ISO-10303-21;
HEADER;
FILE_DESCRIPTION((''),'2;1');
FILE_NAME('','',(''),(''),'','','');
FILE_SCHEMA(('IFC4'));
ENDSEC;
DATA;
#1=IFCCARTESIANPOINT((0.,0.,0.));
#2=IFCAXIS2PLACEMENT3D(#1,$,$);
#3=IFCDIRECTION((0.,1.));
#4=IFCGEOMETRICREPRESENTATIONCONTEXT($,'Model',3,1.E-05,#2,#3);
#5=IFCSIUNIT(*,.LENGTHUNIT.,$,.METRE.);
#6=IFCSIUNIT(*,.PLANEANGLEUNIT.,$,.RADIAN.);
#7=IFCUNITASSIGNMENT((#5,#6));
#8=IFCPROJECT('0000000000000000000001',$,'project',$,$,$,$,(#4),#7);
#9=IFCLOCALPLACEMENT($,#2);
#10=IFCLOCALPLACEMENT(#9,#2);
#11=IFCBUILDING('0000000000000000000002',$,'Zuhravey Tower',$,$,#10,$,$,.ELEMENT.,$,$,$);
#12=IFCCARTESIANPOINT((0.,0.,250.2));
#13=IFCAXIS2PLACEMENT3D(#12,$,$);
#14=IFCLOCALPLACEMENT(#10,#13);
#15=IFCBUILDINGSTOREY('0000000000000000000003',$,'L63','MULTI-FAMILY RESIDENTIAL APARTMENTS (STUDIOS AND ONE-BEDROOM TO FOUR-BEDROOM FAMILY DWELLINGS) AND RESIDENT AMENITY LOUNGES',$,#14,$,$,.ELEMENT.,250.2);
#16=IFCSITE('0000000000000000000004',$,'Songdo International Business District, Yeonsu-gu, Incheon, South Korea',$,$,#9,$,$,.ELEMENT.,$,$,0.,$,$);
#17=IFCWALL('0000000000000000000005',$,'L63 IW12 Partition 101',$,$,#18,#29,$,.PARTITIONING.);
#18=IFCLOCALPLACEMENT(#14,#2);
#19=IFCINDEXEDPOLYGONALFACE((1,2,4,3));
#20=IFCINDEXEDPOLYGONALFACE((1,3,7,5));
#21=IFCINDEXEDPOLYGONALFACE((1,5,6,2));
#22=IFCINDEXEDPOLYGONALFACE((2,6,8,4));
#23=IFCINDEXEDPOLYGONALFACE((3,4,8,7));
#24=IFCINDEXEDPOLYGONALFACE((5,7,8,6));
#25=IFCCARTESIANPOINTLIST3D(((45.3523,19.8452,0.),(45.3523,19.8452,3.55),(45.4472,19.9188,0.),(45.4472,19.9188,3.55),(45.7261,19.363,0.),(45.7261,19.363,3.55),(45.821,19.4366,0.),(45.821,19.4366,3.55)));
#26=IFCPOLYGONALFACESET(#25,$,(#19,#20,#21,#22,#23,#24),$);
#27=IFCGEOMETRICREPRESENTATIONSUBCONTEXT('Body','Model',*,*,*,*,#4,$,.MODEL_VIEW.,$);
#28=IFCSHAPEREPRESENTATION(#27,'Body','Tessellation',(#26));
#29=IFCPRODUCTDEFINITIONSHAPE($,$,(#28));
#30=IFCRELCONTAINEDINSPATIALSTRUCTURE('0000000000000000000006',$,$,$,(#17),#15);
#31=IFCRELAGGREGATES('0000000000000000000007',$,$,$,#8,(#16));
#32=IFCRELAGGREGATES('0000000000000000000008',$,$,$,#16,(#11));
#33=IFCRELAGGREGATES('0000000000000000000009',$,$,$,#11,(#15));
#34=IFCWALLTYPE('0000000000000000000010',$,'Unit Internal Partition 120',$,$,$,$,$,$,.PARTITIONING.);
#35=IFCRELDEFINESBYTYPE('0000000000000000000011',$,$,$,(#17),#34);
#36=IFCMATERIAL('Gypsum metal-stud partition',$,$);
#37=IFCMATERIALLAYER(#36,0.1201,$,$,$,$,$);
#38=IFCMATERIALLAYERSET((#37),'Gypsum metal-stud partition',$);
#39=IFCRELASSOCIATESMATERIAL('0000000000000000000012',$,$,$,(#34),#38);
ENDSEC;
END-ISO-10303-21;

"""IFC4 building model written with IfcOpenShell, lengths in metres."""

from ifc_helpers import new_model, si_unit, direction, frame, frame_2d, origin, place, context, subcontext, project, spatial, rectangle, extrude, material, layer, layer_set, type_object, element, save


model = new_model("IFC4")

# Units and contexts
model_context = context("Model", 3, precision=1e-05, world=origin(), true_north=direction((0.0, 1.0)))
body_context = subcontext(model_context, "Body", "Model", "MODEL_VIEW")
ifc_project = project(units=[si_unit("LENGTHUNIT", "METRE"), si_unit("PLANEANGLEUNIT", "RADIAN")], contexts=[model_context])

# Site, building, storey
site_placement = place(None, origin())
site = spatial("IfcSite", under=ifc_project, at=site_placement, Name="Songdo International Business District, Yeonsu-gu, Incheon, South Korea", CompositionType="ELEMENT", RefElevation=0.0)
building_placement = place(site_placement, origin())
building = spatial("IfcBuilding", under=site, at=building_placement, Name="Zuhravey Tower", CompositionType="ELEMENT")
storey_placement = place(building_placement, frame((0.0, 0.0, 250.2)))
storey = spatial("IfcBuildingStorey", under=building, at=storey_placement, Name="L63", Description="MULTI-FAMILY RESIDENTIAL APARTMENTS (STUDIOS AND ONE-BEDROOM TO FOUR-BEDROOM FAMILY DWELLINGS) AND RESIDENT AMENITY LOUNGES", CompositionType="ELEMENT", Elevation=250.2)

# Wall
ifc_material_1 = material(Name="Gypsum metal-stud partition")
ifc_layer_1 = layer(ifc_material_1, 0.1201)
ifc_layer_set_1 = layer_set([ifc_layer_1], Name="Gypsum metal-stud partition")
wall_type_1 = type_object("IfcWallType", Name="Unit Internal Partition 120", PredefinedType="PARTITIONING", material=ifc_layer_set_1)
wall_1_placement = place(storey_placement, frame((45.3997, 19.8821, 0.0), z_axis=(0.0, 0.0, 1.0), x_axis=(0.612665, -0.790342, 0.0)))
element("IfcWall", 1, at=wall_1_placement, inside=storey, type_object=wall_type_1, Name="L63 IW12 Partition 101", PredefinedType="PARTITIONING", context=body_context, shape_type="SweptSolid", body=[
    extrude(rectangle(XDim=0.6101, YDim=0.1201, at=frame_2d((0.3052, 0.0))), origin(), (0.0, 0.0, 1.0), 3.55),
])

save(model, "model.ifc")
